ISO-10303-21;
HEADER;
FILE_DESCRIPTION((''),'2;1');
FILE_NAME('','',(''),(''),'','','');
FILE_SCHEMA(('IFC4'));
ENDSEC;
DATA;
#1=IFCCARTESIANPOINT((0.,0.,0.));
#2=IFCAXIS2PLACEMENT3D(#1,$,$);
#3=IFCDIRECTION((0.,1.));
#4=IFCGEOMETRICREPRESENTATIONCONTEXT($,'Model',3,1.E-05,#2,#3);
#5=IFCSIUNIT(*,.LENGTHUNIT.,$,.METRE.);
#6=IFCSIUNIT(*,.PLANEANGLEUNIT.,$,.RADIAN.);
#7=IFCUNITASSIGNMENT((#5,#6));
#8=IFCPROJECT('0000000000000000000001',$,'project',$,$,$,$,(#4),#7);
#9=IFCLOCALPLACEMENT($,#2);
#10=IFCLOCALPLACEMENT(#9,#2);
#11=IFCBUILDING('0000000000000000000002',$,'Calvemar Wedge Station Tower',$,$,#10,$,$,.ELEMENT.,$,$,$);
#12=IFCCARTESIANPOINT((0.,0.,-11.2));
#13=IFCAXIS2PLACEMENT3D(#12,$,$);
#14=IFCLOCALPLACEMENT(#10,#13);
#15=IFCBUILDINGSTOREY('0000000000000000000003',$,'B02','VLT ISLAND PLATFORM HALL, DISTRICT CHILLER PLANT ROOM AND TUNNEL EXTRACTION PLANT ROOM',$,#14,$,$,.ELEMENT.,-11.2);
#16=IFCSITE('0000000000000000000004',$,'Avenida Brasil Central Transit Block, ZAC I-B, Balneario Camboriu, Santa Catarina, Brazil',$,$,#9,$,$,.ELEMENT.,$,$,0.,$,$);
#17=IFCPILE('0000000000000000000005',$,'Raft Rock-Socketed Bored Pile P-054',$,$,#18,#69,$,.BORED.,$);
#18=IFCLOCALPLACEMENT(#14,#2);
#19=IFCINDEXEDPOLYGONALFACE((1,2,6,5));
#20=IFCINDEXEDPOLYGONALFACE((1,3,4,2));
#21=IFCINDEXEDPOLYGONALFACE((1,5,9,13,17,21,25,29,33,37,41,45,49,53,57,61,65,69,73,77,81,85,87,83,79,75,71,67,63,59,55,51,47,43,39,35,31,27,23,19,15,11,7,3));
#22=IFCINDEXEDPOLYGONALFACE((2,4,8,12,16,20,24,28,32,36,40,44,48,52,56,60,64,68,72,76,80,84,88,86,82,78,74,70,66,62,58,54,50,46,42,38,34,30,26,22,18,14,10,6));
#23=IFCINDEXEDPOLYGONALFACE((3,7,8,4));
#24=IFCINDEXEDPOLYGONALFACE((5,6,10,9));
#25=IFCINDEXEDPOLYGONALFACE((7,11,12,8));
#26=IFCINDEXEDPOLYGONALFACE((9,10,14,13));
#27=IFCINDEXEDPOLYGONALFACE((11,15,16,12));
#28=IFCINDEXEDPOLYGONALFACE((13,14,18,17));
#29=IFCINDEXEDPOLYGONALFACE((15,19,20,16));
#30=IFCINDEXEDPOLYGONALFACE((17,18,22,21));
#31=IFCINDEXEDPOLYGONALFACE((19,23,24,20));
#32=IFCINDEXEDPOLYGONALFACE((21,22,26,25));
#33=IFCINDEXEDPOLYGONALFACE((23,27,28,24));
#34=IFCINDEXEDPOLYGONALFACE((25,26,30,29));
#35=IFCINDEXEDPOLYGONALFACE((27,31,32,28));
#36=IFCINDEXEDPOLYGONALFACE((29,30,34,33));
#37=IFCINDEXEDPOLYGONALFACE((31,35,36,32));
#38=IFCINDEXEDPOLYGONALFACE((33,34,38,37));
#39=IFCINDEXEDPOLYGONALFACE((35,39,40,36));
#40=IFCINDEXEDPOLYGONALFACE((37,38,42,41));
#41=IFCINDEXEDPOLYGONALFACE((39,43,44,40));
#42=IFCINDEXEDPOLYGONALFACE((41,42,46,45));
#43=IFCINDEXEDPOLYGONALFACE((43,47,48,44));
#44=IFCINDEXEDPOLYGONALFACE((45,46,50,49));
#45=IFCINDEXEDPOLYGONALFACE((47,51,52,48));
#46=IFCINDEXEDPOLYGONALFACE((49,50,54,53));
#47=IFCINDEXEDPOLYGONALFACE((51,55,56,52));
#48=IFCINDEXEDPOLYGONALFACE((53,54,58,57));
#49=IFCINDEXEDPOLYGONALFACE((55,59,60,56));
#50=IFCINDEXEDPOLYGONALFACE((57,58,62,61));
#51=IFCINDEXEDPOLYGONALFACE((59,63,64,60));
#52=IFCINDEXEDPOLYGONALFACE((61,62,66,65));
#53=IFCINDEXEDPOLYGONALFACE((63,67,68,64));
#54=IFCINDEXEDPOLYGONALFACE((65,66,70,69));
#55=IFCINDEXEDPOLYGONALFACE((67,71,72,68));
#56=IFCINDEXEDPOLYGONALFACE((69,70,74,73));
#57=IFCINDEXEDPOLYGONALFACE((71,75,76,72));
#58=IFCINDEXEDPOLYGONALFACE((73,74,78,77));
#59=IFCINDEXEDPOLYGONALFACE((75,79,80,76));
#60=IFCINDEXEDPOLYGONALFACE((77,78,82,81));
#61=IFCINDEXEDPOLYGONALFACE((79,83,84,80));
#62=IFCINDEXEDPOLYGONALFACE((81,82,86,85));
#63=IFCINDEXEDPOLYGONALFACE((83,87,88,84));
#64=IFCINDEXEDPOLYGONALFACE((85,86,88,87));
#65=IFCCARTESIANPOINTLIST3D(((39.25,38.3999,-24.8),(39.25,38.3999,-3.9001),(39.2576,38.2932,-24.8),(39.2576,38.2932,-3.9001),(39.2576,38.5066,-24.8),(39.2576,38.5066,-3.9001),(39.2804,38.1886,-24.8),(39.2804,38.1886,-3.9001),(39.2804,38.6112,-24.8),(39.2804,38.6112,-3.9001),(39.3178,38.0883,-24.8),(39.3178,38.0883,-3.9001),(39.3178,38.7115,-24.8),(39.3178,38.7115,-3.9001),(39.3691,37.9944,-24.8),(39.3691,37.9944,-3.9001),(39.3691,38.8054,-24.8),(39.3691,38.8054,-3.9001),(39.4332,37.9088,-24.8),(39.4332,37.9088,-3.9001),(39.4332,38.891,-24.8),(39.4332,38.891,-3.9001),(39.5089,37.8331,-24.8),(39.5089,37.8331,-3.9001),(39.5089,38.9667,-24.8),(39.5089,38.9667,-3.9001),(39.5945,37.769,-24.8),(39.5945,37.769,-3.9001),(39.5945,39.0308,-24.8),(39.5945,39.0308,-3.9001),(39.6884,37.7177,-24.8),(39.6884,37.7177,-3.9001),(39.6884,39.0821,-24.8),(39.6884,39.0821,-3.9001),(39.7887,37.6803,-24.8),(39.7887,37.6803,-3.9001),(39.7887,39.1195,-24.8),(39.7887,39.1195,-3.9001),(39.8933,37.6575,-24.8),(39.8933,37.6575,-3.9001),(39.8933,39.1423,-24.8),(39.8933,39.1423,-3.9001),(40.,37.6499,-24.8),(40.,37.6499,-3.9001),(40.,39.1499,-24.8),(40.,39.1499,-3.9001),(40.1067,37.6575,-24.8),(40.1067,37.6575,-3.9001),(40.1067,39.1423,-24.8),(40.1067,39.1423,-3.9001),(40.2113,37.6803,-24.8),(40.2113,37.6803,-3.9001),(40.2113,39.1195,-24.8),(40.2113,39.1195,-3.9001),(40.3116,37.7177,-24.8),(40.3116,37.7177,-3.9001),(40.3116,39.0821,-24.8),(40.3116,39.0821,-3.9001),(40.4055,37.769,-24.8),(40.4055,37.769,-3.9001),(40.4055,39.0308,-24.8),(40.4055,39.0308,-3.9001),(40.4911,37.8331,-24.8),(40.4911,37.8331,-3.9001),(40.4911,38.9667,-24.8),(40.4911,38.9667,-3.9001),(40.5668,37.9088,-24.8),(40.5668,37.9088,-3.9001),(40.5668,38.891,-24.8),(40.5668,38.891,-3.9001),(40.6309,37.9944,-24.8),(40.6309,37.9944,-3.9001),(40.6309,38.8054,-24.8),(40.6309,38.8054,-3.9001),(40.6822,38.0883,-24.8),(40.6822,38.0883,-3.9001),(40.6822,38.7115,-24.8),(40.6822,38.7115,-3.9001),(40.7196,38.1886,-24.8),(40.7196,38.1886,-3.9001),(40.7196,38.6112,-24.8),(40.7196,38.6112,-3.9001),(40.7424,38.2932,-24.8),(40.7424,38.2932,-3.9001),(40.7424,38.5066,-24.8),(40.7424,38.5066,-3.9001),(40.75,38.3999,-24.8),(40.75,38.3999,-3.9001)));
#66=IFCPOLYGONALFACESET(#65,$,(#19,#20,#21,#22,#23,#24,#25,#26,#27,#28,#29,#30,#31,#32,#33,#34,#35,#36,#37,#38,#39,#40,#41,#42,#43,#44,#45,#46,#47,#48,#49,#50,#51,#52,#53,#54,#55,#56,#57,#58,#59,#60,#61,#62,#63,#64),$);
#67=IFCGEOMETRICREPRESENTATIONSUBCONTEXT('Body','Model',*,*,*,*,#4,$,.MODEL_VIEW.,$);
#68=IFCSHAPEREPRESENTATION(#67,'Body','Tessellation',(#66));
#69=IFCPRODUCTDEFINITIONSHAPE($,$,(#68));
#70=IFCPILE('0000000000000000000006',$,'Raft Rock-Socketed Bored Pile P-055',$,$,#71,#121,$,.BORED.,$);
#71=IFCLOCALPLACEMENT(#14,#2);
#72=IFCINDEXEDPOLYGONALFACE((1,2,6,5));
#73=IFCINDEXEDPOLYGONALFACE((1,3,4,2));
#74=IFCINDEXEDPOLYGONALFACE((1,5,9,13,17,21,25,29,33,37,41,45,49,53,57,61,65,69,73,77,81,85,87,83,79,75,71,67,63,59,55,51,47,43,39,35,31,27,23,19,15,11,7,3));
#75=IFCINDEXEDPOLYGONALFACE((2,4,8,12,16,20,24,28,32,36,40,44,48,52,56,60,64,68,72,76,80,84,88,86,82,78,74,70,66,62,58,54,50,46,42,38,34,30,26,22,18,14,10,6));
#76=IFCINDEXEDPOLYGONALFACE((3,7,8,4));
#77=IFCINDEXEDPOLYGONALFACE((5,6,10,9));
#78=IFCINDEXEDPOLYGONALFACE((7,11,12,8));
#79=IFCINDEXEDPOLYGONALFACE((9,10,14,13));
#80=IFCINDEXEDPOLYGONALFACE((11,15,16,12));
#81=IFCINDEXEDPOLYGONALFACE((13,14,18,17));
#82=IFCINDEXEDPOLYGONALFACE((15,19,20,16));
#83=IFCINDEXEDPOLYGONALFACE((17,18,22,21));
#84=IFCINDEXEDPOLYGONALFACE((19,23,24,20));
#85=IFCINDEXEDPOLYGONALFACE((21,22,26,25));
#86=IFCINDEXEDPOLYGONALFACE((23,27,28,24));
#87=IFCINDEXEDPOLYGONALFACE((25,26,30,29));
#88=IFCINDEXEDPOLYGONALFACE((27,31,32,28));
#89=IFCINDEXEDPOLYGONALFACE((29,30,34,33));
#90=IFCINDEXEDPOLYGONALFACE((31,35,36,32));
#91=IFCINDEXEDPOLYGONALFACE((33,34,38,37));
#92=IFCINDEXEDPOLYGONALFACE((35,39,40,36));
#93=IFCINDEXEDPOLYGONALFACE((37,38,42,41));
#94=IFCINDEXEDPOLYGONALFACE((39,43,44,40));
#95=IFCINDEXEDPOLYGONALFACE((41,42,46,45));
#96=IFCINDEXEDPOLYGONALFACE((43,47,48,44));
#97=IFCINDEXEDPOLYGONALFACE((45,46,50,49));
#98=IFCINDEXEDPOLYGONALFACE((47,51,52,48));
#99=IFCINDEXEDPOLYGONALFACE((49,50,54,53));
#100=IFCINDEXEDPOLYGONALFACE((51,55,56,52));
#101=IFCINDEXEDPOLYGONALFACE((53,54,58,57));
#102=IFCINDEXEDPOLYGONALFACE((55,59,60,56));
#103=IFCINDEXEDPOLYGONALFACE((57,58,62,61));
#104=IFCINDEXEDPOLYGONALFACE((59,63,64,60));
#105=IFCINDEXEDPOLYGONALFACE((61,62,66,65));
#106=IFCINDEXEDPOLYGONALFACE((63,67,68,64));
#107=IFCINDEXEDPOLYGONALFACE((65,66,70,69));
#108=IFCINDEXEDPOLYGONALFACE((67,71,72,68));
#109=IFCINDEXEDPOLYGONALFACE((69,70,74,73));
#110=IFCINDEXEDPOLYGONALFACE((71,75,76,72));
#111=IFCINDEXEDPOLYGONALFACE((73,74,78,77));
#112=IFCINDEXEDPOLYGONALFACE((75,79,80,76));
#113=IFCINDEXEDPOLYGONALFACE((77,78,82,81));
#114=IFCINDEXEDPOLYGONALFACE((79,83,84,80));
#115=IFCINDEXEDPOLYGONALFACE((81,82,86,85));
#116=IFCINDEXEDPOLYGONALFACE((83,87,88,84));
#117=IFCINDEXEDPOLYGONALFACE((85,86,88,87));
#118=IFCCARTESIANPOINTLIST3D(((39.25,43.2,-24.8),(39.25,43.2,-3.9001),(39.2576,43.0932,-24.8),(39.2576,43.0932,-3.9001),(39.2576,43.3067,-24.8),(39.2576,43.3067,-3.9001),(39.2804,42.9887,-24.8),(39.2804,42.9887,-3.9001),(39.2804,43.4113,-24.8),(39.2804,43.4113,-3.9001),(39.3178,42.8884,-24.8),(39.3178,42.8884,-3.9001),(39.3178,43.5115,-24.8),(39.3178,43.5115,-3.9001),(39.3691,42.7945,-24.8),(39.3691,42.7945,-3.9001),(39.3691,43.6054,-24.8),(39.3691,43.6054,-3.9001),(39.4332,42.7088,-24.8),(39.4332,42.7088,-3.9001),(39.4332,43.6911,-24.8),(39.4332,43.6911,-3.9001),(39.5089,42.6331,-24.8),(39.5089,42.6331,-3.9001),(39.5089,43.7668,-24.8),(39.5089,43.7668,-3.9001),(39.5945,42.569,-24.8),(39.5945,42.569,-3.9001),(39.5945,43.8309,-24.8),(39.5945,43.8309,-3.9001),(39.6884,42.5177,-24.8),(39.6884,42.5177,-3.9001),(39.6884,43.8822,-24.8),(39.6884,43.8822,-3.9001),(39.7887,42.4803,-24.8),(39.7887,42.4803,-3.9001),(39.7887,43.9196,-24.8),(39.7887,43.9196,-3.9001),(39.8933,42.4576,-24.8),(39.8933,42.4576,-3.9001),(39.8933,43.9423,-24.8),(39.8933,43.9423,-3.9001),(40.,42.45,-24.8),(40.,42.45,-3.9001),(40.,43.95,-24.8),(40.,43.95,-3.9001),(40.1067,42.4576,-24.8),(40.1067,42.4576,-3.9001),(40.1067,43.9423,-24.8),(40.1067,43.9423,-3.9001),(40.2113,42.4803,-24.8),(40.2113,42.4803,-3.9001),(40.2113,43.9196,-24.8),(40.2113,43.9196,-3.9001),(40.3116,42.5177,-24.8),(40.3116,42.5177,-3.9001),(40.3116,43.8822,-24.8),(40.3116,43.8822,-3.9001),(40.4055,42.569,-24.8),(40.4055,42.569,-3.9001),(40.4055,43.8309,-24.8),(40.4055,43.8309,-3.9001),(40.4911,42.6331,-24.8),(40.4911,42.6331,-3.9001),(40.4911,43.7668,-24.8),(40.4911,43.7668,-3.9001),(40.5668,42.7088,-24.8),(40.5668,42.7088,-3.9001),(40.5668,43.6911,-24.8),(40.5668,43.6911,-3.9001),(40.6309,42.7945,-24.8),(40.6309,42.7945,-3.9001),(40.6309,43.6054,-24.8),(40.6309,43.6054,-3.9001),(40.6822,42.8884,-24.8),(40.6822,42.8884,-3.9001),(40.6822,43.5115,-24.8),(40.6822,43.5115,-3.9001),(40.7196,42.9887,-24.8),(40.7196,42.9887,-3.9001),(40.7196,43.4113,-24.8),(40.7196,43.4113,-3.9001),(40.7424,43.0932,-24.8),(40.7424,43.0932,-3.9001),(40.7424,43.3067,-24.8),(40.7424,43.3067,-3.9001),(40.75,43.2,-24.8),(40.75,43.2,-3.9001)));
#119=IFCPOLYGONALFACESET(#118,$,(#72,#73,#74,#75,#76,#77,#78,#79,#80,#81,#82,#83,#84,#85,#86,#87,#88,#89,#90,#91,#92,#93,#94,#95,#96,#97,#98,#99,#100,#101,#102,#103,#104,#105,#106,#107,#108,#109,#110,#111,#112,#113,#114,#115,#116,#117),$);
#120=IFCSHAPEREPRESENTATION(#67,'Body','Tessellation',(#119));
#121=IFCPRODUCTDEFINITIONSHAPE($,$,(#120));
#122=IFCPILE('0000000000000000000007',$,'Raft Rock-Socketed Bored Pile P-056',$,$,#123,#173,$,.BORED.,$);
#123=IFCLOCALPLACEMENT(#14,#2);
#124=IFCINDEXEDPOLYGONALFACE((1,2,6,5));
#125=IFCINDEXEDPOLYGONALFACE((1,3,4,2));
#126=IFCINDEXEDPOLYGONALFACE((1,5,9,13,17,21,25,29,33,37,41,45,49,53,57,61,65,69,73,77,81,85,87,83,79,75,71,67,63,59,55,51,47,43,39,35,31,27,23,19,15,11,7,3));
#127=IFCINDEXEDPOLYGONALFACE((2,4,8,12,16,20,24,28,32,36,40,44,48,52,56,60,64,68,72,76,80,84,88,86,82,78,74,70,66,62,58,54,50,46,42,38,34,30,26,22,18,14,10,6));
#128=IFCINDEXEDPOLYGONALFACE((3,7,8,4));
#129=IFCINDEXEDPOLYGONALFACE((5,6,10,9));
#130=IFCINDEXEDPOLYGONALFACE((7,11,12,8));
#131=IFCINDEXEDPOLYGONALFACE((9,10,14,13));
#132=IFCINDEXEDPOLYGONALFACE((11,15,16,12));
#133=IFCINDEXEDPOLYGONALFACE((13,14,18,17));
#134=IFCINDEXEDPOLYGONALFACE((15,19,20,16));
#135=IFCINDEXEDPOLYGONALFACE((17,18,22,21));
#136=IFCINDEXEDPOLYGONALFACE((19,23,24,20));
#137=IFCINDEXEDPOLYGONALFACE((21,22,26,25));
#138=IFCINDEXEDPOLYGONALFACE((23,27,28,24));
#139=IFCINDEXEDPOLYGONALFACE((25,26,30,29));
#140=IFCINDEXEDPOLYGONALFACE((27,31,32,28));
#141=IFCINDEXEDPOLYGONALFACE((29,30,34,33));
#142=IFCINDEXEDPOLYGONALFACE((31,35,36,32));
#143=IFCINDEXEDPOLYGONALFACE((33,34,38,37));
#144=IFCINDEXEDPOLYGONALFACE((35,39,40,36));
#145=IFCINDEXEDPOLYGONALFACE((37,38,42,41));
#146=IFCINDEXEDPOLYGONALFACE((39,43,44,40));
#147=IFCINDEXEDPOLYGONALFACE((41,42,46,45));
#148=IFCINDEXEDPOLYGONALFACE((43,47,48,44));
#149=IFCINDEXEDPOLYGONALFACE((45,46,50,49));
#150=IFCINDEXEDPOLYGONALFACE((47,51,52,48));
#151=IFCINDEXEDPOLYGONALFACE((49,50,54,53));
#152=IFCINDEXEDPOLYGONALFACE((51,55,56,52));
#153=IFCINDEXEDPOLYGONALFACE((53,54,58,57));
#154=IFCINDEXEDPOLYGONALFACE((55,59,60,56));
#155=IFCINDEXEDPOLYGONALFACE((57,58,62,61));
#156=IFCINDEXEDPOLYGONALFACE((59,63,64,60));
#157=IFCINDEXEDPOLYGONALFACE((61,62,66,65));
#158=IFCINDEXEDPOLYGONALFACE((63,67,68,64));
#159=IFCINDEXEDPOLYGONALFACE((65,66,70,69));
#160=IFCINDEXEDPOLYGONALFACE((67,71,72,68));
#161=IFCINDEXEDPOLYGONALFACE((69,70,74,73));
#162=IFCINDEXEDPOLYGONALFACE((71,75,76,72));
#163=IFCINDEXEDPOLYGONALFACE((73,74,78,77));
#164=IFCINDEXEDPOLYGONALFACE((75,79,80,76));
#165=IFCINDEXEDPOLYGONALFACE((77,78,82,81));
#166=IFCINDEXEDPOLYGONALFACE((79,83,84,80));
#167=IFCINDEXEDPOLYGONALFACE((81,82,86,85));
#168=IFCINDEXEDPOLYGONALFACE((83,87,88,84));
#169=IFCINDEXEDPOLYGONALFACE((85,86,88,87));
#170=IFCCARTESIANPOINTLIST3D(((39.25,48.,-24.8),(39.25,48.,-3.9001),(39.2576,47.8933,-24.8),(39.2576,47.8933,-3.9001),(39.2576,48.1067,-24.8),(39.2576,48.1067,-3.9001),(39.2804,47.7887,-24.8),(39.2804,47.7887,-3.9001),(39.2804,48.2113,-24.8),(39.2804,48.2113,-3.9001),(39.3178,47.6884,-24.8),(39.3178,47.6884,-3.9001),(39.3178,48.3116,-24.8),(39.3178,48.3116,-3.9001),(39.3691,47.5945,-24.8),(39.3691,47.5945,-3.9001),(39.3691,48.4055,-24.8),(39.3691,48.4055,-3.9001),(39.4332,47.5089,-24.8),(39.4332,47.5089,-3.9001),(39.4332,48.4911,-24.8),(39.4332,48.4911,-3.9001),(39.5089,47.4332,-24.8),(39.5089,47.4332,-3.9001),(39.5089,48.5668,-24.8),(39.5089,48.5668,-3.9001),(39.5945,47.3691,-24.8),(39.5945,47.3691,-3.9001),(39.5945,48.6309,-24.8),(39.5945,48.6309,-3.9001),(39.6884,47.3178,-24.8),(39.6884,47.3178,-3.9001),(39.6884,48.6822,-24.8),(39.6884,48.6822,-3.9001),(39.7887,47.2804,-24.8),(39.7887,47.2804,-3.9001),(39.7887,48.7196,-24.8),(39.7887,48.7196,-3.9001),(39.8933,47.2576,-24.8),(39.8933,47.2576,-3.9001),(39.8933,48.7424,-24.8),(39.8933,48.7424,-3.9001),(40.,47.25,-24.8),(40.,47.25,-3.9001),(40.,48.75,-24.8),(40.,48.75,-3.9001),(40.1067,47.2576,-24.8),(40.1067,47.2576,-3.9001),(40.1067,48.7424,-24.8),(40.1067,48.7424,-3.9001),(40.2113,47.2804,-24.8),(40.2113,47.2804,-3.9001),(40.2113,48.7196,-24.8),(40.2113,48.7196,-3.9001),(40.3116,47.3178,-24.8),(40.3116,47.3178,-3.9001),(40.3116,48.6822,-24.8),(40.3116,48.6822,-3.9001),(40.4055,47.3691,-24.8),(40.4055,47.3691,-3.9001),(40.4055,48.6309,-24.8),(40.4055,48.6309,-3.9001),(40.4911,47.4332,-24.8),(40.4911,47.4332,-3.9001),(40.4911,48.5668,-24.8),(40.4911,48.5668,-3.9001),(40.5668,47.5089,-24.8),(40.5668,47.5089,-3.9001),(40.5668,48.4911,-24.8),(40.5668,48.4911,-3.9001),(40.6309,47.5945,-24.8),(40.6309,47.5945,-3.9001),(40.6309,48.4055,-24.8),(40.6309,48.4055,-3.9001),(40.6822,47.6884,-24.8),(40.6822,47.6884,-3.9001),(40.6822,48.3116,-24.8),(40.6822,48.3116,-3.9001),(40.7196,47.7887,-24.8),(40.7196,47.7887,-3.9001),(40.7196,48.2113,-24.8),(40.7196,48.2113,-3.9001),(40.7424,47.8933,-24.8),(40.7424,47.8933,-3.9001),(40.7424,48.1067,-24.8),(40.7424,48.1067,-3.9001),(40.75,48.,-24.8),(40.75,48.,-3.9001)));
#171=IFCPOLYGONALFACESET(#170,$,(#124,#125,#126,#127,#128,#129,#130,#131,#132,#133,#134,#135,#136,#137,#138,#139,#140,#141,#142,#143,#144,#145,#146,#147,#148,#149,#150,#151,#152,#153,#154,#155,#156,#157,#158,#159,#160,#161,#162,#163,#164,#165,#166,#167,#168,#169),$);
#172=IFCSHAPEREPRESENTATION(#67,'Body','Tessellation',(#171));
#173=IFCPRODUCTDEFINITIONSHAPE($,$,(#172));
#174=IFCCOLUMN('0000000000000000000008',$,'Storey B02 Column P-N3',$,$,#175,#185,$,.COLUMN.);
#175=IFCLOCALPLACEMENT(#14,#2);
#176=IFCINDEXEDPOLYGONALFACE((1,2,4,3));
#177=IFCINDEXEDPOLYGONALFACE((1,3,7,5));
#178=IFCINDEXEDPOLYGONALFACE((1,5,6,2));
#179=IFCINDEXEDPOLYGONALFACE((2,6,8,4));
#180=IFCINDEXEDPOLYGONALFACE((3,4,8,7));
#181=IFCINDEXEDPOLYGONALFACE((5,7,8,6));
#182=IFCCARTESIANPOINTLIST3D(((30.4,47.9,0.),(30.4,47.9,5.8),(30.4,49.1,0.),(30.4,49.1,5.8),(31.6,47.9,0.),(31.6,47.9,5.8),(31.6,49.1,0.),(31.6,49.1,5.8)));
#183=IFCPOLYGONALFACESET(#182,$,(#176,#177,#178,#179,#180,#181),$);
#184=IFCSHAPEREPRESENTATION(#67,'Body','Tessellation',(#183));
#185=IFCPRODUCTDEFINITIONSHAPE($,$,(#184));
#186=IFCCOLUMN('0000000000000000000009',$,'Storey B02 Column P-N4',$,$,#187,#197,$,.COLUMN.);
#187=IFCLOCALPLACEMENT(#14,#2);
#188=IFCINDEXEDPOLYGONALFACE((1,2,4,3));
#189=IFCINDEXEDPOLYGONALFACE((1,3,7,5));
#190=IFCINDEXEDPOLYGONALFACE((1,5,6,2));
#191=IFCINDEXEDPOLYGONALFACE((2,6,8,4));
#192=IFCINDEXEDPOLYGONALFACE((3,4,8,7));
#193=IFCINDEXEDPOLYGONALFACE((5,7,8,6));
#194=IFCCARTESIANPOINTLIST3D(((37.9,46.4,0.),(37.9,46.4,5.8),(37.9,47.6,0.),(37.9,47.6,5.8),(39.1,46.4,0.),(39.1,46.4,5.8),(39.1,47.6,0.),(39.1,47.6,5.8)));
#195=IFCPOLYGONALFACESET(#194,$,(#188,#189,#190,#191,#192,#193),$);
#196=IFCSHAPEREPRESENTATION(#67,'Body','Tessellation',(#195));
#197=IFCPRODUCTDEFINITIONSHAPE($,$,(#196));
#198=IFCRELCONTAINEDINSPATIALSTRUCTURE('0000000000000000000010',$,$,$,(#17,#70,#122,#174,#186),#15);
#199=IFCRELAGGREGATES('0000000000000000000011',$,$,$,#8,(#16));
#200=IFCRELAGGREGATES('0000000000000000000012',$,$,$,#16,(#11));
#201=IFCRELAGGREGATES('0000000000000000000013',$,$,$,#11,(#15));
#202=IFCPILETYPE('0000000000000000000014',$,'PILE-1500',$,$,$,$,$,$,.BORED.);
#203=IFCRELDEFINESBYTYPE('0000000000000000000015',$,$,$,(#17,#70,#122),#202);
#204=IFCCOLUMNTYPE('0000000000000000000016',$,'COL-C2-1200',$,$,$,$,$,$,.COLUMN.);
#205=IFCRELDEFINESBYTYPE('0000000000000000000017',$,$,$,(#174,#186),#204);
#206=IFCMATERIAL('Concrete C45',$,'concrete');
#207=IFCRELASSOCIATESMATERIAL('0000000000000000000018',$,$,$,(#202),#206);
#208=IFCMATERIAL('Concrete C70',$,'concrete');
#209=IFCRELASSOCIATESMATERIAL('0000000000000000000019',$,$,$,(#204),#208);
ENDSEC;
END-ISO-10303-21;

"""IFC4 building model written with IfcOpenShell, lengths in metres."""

from ifc_helpers import new_model, si_unit, direction, frame, origin, origin_2d, place, context, subcontext, project, spatial, rectangle, circle, extrude, source, transform, mapped, material, material_profile, profile_set, type_object, element, save


model = new_model("IFC4")

# Units and contexts
model_context = context("Model", 3, precision=1e-05, world=origin(), true_north=direction((0.0, 1.0)))
body_context = subcontext(model_context, "Body", "Model", "MODEL_VIEW")
ifc_project = project(units=[si_unit("LENGTHUNIT", "METRE"), si_unit("PLANEANGLEUNIT", "RADIAN")], contexts=[model_context])

# Site, building, storey
site_placement = place(None, origin())
site = spatial("IfcSite", under=ifc_project, at=site_placement, Name="Avenida Brasil Central Transit Block, ZAC I-B, Balneario Camboriu, Santa Catarina, Brazil", CompositionType="ELEMENT", RefElevation=0.0)
building_placement = place(site_placement, origin())
building = spatial("IfcBuilding", under=site, at=building_placement, Name="Calvemar Wedge Station Tower", CompositionType="ELEMENT")
storey_placement = place(building_placement, frame((0.0, 0.0, -11.2)))
storey = spatial("IfcBuildingStorey", under=building, at=storey_placement, Name="B02", Description="VLT ISLAND PLATFORM HALL, DISTRICT CHILLER PLANT ROOM AND TUNNEL EXTRACTION PLANT ROOM", CompositionType="ELEMENT", Elevation=-11.2)

# Piles
ifc_material_1 = material(Name="Concrete C45", Category="concrete")
ifc_material_profile_1 = material_profile(ifc_material_1, circle(Radius=0.75, at=origin_2d()), Name="PILE-D1500")
ifc_profile_set_1 = profile_set([ifc_material_profile_1], Name="Concrete C45")
pile_type = type_object("IfcPileType", Name="PILE-1500", PredefinedType="BORED", material=ifc_profile_set_1)
for number, where, z_axis, x_axis, name in (
    (1, (40.0, 38.3999, -3.9001), (0.0, 0.0, -1.0), (1.0, 0.0, 0.0), "Raft Rock-Socketed Bored Pile P-054"),
    (2, (40.0, 43.2, -3.9001), (0.0, 0.0, -1.0), (1.0, 0.0, 0.0), "Raft Rock-Socketed Bored Pile P-055"),
    (3, (40.0, 48.0, -3.9001), (0.0, 0.0, -1.0), (1.0, 0.0, 0.0), "Raft Rock-Socketed Bored Pile P-056"),
):
    element("IfcPile", number, at=place(storey_placement, frame(where, z_axis=z_axis, x_axis=x_axis)), inside=storey, type_object=pile_type, Name=name, PredefinedType="BORED", context=body_context, shape_type="SweptSolid", body=[
        extrude(circle(Radius=0.75, at=origin_2d()), origin(), (0.0, 0.0, 1.0), 20.8999),
    ])

# Columns
ifc_material_2 = material(Name="Concrete C70", Category="concrete")
ifc_material_profile_2 = material_profile(ifc_material_2, rectangle(XDim=1.2, YDim=1.2, at=origin_2d()), Name="RC1200x1200")
ifc_profile_set_2 = profile_set([ifc_material_profile_2], Name="Concrete C70")
column_type = type_object("IfcColumnType", Name="COL-C2-1200", PredefinedType="COLUMN", material=ifc_profile_set_2)
shared_shape_1 = source(origin(), body_context, "Body", "SweptSolid", [
    extrude(rectangle(XDim=1.2, YDim=1.2, at=origin_2d()), origin(), (0.0, 0.0, 1.0), 5.8),
])
for number, where, z_axis, x_axis, name in (
    (4, (31.0, 48.5, 0.0), (0.0, 0.0, 1.0), (1.0, 0.0, 0.0), "Storey B02 Column P-N3"),
    (5, (38.5, 47.0, 0.0), (0.0, 0.0, 1.0), (1.0, 0.0, 0.0), "Storey B02 Column P-N4"),
):
    element("IfcColumn", number, at=place(storey_placement, frame(where, z_axis=z_axis, x_axis=x_axis)), inside=storey, type_object=column_type, Name=name, PredefinedType="COLUMN", context=body_context, shape_type="MappedRepresentation", body=[
        mapped(shared_shape_1, transform((0.0, 0.0, 0.0), scale=1.0)),
    ])

save(model, "model.ifc")
